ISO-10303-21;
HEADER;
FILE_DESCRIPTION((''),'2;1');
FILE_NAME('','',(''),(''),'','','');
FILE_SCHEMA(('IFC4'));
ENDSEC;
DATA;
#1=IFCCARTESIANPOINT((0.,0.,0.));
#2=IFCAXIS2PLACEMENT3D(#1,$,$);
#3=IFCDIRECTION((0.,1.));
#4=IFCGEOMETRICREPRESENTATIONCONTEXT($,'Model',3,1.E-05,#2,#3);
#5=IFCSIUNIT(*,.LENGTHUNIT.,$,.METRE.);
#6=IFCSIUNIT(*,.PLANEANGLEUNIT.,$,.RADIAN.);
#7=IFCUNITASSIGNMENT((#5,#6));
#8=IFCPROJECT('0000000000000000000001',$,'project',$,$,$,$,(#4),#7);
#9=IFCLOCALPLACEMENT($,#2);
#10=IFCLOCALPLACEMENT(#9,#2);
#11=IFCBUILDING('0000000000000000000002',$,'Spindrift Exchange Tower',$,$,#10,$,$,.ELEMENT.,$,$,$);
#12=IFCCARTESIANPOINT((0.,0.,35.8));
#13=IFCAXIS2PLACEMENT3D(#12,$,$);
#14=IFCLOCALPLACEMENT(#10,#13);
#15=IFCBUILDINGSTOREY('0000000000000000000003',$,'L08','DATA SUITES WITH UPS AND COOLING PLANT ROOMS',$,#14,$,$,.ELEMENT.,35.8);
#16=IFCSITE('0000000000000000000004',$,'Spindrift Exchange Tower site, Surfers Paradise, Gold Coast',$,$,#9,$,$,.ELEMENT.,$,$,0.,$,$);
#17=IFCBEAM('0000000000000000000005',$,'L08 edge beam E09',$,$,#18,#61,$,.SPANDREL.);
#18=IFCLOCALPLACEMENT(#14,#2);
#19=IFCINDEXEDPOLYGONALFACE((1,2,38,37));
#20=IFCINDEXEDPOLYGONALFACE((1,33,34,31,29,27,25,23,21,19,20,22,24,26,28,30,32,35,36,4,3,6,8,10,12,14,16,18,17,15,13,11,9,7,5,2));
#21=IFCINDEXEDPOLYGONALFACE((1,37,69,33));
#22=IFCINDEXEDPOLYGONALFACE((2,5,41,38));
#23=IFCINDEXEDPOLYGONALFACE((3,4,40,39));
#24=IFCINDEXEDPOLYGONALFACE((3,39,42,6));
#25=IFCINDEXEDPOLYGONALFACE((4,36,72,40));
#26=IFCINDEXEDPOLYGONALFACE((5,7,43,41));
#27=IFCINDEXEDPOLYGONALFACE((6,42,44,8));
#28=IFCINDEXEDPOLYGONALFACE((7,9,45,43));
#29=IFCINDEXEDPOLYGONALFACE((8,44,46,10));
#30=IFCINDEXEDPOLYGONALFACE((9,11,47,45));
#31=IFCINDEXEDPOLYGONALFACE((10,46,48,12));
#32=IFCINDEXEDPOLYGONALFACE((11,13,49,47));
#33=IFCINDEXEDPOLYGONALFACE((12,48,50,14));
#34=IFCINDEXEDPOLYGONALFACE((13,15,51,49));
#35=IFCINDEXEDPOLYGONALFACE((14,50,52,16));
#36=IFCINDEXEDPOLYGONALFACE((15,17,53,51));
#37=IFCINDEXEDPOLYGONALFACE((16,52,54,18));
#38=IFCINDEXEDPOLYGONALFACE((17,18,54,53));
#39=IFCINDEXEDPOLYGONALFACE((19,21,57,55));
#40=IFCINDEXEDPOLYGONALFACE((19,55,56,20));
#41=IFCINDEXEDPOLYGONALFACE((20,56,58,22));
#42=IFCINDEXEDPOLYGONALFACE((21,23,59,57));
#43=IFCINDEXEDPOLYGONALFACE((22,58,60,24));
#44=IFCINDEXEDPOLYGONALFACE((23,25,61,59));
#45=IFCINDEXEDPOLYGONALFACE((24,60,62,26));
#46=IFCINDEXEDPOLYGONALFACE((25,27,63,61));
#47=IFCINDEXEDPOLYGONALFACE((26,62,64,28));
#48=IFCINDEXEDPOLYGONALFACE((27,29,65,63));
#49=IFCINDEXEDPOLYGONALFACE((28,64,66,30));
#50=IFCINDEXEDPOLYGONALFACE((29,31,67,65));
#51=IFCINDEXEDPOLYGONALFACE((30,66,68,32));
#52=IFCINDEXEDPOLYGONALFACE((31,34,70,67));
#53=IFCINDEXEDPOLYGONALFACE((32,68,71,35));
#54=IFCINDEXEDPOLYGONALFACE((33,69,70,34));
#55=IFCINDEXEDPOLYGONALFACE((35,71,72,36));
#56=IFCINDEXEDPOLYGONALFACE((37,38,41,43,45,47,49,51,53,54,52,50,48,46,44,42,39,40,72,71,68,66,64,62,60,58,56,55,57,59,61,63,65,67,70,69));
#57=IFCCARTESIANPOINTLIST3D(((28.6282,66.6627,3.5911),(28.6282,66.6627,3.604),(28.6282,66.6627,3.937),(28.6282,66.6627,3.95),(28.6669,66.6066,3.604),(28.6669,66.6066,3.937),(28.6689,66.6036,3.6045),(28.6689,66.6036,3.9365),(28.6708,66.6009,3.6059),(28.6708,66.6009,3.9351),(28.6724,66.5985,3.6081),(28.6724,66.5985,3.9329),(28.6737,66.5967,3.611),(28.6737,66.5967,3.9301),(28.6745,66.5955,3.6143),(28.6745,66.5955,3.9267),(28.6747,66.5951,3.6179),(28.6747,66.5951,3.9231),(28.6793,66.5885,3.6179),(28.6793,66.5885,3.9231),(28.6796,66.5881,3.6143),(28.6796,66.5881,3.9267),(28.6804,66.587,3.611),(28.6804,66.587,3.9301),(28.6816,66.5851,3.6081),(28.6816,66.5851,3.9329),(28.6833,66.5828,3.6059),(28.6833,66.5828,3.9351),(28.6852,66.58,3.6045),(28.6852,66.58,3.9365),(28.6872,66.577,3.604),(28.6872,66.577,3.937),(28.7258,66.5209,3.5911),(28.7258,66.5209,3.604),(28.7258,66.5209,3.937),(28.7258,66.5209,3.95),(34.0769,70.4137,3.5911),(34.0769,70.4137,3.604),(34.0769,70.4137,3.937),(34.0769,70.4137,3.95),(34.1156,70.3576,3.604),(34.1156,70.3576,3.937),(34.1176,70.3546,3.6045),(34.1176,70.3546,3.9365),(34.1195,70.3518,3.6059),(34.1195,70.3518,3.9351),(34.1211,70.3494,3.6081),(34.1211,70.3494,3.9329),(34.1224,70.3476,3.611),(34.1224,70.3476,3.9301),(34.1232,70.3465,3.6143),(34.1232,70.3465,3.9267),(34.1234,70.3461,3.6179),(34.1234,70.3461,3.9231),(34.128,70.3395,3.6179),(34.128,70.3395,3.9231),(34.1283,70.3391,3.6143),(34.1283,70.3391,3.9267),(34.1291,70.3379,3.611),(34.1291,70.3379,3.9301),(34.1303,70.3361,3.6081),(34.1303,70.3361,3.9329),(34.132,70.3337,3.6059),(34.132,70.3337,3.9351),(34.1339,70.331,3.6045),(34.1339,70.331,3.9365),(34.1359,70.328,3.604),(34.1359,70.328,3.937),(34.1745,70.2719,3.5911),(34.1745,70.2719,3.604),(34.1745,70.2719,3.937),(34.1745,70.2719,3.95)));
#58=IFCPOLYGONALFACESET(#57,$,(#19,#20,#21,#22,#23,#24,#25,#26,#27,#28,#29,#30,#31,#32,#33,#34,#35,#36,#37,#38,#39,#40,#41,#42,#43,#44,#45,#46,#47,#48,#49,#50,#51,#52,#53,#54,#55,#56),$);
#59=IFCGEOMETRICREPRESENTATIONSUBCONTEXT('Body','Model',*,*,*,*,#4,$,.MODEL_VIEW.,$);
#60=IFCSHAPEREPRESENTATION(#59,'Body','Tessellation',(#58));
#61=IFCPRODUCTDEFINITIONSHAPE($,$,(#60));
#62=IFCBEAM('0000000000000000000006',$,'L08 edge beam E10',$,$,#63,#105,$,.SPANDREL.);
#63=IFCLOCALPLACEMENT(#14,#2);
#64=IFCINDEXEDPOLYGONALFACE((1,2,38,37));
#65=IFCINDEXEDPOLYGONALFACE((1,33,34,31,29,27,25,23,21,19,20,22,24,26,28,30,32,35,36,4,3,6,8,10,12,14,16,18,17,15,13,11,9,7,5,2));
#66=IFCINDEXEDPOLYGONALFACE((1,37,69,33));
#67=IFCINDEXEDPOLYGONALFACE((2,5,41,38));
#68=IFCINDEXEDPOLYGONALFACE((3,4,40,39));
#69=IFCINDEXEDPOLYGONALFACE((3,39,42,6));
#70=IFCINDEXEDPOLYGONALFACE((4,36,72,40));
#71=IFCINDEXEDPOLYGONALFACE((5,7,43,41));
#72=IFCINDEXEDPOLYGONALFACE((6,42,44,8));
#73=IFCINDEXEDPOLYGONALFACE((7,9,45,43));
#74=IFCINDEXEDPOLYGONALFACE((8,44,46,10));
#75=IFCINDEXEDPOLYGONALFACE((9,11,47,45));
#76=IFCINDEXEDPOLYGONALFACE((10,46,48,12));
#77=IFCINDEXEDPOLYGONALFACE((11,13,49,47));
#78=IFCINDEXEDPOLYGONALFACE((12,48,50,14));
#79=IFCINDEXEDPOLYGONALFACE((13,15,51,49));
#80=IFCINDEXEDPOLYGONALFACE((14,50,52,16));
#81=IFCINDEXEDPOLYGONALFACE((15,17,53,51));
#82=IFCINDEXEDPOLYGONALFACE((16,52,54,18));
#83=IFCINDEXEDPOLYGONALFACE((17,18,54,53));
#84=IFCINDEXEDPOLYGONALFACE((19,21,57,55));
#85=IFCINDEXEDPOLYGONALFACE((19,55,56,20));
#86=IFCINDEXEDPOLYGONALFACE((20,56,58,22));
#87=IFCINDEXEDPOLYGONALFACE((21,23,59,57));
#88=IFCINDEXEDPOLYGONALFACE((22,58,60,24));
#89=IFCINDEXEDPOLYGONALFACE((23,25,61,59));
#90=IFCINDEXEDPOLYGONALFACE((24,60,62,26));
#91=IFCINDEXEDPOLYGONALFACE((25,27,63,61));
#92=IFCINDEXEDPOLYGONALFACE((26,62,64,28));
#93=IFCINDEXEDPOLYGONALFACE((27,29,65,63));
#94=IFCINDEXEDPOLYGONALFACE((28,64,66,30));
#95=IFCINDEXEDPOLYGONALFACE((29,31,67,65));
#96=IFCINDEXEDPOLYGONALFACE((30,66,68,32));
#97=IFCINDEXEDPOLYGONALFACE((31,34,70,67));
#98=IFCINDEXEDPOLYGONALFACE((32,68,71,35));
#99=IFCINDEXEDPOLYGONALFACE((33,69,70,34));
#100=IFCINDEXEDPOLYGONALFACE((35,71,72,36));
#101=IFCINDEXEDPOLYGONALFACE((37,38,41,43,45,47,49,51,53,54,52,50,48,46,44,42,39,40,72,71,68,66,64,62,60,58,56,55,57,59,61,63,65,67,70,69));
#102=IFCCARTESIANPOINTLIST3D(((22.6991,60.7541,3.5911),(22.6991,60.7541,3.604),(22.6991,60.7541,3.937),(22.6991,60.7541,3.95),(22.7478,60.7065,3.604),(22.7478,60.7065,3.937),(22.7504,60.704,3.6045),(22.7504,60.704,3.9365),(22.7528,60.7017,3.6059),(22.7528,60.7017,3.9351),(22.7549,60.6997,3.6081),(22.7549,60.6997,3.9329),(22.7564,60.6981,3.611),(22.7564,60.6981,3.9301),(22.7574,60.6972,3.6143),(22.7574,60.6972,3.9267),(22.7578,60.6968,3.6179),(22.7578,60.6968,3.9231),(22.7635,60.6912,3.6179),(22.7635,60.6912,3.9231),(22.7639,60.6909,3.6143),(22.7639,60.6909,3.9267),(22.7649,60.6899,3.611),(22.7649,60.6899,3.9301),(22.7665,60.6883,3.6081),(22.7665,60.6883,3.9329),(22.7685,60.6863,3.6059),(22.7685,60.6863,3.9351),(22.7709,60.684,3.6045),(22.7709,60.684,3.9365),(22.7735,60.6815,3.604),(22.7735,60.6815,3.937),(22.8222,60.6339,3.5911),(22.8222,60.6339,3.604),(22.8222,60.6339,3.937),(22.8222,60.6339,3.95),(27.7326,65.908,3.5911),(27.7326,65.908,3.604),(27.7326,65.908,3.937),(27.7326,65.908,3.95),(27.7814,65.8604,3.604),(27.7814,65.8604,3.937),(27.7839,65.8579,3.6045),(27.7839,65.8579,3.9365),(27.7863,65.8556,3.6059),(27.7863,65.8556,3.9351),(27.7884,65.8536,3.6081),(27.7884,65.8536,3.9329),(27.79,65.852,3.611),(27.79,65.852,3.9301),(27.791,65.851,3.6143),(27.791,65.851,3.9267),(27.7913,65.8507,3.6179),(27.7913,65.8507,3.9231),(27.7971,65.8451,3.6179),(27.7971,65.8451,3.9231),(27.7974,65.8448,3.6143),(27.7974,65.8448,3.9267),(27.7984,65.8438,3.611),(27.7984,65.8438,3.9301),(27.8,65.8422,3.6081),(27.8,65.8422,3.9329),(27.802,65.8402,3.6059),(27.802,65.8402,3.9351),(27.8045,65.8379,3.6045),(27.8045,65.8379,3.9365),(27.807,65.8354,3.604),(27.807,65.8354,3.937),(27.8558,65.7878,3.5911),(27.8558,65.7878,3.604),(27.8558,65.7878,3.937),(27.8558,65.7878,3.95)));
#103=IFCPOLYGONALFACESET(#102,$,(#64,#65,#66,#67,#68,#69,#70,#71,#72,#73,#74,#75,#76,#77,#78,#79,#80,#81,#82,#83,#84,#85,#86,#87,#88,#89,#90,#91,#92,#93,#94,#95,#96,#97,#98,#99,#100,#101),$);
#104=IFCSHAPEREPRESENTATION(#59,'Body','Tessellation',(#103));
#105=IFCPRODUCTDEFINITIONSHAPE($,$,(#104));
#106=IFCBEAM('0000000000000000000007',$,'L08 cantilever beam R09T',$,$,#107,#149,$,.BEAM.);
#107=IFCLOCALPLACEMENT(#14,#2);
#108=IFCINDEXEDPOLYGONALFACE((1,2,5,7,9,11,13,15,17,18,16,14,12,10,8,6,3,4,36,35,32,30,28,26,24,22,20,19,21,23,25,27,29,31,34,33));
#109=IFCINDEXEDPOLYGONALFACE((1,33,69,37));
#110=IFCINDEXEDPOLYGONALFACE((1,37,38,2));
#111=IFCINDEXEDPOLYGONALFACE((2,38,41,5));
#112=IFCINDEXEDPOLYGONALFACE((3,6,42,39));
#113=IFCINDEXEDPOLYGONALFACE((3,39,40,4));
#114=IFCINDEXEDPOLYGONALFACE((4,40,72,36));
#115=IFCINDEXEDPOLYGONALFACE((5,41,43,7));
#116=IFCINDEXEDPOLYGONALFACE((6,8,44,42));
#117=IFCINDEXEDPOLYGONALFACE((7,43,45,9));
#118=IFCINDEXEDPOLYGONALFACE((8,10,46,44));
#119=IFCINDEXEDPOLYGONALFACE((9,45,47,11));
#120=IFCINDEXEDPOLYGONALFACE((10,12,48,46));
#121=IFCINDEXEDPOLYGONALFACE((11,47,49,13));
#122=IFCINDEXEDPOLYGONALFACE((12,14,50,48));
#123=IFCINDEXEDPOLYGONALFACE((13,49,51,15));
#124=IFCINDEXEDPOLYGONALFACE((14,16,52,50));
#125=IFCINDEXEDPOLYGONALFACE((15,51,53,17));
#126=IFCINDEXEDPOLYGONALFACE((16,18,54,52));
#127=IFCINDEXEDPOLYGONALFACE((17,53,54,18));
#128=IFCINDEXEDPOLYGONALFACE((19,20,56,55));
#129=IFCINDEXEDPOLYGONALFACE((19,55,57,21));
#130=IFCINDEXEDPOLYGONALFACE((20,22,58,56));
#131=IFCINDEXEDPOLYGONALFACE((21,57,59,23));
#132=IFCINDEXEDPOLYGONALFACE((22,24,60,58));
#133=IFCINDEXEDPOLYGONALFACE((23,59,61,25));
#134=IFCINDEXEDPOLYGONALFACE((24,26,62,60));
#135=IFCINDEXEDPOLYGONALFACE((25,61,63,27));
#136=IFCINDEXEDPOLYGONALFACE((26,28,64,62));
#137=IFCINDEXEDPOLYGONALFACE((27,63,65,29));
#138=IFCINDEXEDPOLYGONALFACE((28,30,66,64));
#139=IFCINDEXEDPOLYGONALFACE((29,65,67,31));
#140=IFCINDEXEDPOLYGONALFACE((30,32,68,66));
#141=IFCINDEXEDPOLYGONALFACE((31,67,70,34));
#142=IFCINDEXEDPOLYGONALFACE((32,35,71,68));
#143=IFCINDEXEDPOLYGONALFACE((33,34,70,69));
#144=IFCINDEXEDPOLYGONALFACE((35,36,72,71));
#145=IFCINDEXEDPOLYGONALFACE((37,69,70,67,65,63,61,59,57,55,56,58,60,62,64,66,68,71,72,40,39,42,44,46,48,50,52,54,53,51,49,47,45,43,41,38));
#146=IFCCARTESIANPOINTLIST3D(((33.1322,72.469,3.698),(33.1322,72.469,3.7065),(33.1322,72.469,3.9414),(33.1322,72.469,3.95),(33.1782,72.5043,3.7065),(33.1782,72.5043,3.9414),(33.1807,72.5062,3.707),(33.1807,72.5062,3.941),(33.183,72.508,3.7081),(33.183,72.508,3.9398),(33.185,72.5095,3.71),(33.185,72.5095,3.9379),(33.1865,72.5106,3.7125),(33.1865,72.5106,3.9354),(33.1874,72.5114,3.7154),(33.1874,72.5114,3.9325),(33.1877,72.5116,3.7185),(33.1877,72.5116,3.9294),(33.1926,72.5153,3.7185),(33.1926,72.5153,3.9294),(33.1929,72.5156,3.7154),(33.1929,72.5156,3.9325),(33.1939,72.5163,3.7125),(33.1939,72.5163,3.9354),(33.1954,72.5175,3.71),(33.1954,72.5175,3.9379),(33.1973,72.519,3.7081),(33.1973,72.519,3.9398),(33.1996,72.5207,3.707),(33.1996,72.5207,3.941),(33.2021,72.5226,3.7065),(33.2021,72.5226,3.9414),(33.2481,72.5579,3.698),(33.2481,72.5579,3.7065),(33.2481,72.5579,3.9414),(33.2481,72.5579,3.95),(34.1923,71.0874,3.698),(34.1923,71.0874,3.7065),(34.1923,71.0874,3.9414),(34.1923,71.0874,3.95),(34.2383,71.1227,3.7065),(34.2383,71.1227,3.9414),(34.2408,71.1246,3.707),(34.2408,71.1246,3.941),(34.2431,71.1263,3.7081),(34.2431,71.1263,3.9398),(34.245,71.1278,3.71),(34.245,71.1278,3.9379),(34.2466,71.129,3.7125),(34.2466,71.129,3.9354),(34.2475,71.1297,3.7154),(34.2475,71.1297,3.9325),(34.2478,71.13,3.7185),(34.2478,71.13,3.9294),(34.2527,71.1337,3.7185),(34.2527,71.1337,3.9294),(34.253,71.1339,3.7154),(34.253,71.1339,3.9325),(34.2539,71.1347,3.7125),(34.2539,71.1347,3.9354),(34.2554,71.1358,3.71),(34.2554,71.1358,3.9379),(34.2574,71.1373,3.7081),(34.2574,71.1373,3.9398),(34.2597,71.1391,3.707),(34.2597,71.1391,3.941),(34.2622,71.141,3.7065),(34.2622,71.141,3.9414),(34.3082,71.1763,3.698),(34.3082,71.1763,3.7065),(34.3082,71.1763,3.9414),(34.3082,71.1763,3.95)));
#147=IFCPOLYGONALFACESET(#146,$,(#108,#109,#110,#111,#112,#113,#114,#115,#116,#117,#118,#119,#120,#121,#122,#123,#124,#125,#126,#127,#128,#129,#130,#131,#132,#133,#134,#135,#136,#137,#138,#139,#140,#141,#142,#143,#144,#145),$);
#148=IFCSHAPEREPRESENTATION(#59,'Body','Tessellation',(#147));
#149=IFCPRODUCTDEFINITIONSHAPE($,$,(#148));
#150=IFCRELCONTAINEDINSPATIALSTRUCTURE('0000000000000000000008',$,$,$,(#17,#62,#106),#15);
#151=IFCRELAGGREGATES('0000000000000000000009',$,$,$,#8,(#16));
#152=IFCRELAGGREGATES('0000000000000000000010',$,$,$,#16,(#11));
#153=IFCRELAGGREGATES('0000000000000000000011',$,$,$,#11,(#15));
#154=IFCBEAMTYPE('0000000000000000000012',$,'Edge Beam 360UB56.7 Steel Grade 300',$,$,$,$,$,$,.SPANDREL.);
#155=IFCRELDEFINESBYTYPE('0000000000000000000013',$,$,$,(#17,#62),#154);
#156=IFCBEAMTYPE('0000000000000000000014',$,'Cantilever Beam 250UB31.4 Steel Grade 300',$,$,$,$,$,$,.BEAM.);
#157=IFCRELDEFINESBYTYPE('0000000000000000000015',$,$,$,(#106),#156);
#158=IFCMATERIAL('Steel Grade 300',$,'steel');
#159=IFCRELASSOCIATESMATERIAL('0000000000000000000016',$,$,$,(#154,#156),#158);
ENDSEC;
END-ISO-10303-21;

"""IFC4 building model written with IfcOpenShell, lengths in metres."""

from ifc_helpers import new_model, si_unit, direction, frame, origin, origin_2d, place, context, subcontext, project, spatial, i_section, extrude, source, transform, mapped, material, material_profile, profile_set, type_object, element, save


model = new_model("IFC4")

# Units and contexts
model_context = context("Model", 3, precision=1e-05, world=origin(), true_north=direction((0.0, 1.0)))
body_context = subcontext(model_context, "Body", "Model", "MODEL_VIEW")
ifc_project = project(units=[si_unit("LENGTHUNIT", "METRE"), si_unit("PLANEANGLEUNIT", "RADIAN")], contexts=[model_context])

# Site, building, storey
site_placement = place(None, origin())
site = spatial("IfcSite", under=ifc_project, at=site_placement, Name="Spindrift Exchange Tower site, Surfers Paradise, Gold Coast", CompositionType="ELEMENT", RefElevation=0.0)
building_placement = place(site_placement, origin())
building = spatial("IfcBuilding", under=site, at=building_placement, Name="Spindrift Exchange Tower", CompositionType="ELEMENT")
storey_placement = place(building_placement, frame((0.0, 0.0, 35.8)))
storey = spatial("IfcBuildingStorey", under=building, at=storey_placement, Name="L08", Description="DATA SUITES WITH UPS AND COOLING PLANT ROOMS", CompositionType="ELEMENT", Elevation=35.8)

# Beams
ifc_material_1 = material(Name="Steel Grade 300", Category="steel")
ifc_material_profile_1 = material_profile(ifc_material_1, i_section(OverallWidth=0.1721, OverallDepth=0.3589, WebThickness=0.0081, FlangeThickness=0.0129, FilletRadius=0.0139, at=origin_2d()), Name="360UB56.7")
ifc_profile_set_1 = profile_set([ifc_material_profile_1], Name="Steel Grade 300")
beam_type_1 = type_object("IfcBeamType", Name="Edge Beam 360UB56.7 Steel Grade 300", PredefinedType="SPANDREL", material=ifc_profile_set_1)
shared_shape_1 = source(origin(), body_context, "Body", "SweptSolid", [
    extrude(i_section(OverallWidth=0.1721, OverallDepth=0.3589, WebThickness=0.0081, FlangeThickness=0.0129, FilletRadius=0.0139, at=origin_2d()), origin(), (0.0, 0.0, 1.0), 6.615),
])
beam_1_placement = place(storey_placement, frame((34.1257, 70.3428, 3.7705), z_axis=(-0.823691, -0.567039, 0.0), x_axis=(0.567039, -0.823691, 0.0)))
element("IfcBeam", 1, at=beam_1_placement, inside=storey, type_object=beam_type_1, Name="L08 edge beam E09", PredefinedType="SPANDREL", context=body_context, shape_type="MappedRepresentation", body=[
    mapped(shared_shape_1, transform((0.0, 0.0, 0.0), scale=1.0)),
])
shared_shape_2 = source(origin(), body_context, "Body", "SweptSolid", [
    extrude(i_section(OverallWidth=0.1721, OverallDepth=0.3589, WebThickness=0.0081, FlangeThickness=0.0129, FilletRadius=0.0139, at=origin_2d()), origin(), (0.0, 0.0, 1.0), 7.2041),
])
beam_2_placement = place(storey_placement, frame((27.7942, 65.8479, 3.7705), z_axis=(-0.698704, -0.715411, 0.0), x_axis=(0.715411, -0.698704, 0.0)))
element("IfcBeam", 2, at=beam_2_placement, inside=storey, type_object=beam_type_1, Name="L08 edge beam E10", PredefinedType="SPANDREL", context=body_context, shape_type="MappedRepresentation", body=[
    mapped(shared_shape_2, transform((0.0, 0.0, 0.0), scale=1.0)),
])
ifc_material_profile_2 = material_profile(ifc_material_1, i_section(OverallWidth=0.146, OverallDepth=0.252, WebThickness=0.0061, FlangeThickness=0.0085, FilletRadius=0.012, at=origin_2d()), Name="250UB31.4")
ifc_profile_set_2 = profile_set([ifc_material_profile_2], Name="Steel Grade 300")
beam_type_2 = type_object("IfcBeamType", Name="Cantilever Beam 250UB31.4 Steel Grade 300", PredefinedType="BEAM", material=ifc_profile_set_2)
shared_shape_3 = source(origin(), body_context, "Body", "SweptSolid", [
    extrude(i_section(OverallWidth=0.146, OverallDepth=0.252, WebThickness=0.0061, FlangeThickness=0.0085, FilletRadius=0.012, at=origin_2d()), origin(), (0.0, 0.0, 1.0), 1.7415),
])
beam_3_placement = place(storey_placement, frame((34.2502, 71.1318, 3.824), z_axis=(-0.608735, 0.793374, 0.0), x_axis=(-0.793374, -0.608735, 0.0)))
element("IfcBeam", 3, at=beam_3_placement, inside=storey, type_object=beam_type_2, Name="L08 cantilever beam R09T", PredefinedType="BEAM", context=body_context, shape_type="MappedRepresentation", body=[
    mapped(shared_shape_3, transform((0.0, 0.0, 0.0), scale=1.0)),
])

save(model, "model.ifc")
